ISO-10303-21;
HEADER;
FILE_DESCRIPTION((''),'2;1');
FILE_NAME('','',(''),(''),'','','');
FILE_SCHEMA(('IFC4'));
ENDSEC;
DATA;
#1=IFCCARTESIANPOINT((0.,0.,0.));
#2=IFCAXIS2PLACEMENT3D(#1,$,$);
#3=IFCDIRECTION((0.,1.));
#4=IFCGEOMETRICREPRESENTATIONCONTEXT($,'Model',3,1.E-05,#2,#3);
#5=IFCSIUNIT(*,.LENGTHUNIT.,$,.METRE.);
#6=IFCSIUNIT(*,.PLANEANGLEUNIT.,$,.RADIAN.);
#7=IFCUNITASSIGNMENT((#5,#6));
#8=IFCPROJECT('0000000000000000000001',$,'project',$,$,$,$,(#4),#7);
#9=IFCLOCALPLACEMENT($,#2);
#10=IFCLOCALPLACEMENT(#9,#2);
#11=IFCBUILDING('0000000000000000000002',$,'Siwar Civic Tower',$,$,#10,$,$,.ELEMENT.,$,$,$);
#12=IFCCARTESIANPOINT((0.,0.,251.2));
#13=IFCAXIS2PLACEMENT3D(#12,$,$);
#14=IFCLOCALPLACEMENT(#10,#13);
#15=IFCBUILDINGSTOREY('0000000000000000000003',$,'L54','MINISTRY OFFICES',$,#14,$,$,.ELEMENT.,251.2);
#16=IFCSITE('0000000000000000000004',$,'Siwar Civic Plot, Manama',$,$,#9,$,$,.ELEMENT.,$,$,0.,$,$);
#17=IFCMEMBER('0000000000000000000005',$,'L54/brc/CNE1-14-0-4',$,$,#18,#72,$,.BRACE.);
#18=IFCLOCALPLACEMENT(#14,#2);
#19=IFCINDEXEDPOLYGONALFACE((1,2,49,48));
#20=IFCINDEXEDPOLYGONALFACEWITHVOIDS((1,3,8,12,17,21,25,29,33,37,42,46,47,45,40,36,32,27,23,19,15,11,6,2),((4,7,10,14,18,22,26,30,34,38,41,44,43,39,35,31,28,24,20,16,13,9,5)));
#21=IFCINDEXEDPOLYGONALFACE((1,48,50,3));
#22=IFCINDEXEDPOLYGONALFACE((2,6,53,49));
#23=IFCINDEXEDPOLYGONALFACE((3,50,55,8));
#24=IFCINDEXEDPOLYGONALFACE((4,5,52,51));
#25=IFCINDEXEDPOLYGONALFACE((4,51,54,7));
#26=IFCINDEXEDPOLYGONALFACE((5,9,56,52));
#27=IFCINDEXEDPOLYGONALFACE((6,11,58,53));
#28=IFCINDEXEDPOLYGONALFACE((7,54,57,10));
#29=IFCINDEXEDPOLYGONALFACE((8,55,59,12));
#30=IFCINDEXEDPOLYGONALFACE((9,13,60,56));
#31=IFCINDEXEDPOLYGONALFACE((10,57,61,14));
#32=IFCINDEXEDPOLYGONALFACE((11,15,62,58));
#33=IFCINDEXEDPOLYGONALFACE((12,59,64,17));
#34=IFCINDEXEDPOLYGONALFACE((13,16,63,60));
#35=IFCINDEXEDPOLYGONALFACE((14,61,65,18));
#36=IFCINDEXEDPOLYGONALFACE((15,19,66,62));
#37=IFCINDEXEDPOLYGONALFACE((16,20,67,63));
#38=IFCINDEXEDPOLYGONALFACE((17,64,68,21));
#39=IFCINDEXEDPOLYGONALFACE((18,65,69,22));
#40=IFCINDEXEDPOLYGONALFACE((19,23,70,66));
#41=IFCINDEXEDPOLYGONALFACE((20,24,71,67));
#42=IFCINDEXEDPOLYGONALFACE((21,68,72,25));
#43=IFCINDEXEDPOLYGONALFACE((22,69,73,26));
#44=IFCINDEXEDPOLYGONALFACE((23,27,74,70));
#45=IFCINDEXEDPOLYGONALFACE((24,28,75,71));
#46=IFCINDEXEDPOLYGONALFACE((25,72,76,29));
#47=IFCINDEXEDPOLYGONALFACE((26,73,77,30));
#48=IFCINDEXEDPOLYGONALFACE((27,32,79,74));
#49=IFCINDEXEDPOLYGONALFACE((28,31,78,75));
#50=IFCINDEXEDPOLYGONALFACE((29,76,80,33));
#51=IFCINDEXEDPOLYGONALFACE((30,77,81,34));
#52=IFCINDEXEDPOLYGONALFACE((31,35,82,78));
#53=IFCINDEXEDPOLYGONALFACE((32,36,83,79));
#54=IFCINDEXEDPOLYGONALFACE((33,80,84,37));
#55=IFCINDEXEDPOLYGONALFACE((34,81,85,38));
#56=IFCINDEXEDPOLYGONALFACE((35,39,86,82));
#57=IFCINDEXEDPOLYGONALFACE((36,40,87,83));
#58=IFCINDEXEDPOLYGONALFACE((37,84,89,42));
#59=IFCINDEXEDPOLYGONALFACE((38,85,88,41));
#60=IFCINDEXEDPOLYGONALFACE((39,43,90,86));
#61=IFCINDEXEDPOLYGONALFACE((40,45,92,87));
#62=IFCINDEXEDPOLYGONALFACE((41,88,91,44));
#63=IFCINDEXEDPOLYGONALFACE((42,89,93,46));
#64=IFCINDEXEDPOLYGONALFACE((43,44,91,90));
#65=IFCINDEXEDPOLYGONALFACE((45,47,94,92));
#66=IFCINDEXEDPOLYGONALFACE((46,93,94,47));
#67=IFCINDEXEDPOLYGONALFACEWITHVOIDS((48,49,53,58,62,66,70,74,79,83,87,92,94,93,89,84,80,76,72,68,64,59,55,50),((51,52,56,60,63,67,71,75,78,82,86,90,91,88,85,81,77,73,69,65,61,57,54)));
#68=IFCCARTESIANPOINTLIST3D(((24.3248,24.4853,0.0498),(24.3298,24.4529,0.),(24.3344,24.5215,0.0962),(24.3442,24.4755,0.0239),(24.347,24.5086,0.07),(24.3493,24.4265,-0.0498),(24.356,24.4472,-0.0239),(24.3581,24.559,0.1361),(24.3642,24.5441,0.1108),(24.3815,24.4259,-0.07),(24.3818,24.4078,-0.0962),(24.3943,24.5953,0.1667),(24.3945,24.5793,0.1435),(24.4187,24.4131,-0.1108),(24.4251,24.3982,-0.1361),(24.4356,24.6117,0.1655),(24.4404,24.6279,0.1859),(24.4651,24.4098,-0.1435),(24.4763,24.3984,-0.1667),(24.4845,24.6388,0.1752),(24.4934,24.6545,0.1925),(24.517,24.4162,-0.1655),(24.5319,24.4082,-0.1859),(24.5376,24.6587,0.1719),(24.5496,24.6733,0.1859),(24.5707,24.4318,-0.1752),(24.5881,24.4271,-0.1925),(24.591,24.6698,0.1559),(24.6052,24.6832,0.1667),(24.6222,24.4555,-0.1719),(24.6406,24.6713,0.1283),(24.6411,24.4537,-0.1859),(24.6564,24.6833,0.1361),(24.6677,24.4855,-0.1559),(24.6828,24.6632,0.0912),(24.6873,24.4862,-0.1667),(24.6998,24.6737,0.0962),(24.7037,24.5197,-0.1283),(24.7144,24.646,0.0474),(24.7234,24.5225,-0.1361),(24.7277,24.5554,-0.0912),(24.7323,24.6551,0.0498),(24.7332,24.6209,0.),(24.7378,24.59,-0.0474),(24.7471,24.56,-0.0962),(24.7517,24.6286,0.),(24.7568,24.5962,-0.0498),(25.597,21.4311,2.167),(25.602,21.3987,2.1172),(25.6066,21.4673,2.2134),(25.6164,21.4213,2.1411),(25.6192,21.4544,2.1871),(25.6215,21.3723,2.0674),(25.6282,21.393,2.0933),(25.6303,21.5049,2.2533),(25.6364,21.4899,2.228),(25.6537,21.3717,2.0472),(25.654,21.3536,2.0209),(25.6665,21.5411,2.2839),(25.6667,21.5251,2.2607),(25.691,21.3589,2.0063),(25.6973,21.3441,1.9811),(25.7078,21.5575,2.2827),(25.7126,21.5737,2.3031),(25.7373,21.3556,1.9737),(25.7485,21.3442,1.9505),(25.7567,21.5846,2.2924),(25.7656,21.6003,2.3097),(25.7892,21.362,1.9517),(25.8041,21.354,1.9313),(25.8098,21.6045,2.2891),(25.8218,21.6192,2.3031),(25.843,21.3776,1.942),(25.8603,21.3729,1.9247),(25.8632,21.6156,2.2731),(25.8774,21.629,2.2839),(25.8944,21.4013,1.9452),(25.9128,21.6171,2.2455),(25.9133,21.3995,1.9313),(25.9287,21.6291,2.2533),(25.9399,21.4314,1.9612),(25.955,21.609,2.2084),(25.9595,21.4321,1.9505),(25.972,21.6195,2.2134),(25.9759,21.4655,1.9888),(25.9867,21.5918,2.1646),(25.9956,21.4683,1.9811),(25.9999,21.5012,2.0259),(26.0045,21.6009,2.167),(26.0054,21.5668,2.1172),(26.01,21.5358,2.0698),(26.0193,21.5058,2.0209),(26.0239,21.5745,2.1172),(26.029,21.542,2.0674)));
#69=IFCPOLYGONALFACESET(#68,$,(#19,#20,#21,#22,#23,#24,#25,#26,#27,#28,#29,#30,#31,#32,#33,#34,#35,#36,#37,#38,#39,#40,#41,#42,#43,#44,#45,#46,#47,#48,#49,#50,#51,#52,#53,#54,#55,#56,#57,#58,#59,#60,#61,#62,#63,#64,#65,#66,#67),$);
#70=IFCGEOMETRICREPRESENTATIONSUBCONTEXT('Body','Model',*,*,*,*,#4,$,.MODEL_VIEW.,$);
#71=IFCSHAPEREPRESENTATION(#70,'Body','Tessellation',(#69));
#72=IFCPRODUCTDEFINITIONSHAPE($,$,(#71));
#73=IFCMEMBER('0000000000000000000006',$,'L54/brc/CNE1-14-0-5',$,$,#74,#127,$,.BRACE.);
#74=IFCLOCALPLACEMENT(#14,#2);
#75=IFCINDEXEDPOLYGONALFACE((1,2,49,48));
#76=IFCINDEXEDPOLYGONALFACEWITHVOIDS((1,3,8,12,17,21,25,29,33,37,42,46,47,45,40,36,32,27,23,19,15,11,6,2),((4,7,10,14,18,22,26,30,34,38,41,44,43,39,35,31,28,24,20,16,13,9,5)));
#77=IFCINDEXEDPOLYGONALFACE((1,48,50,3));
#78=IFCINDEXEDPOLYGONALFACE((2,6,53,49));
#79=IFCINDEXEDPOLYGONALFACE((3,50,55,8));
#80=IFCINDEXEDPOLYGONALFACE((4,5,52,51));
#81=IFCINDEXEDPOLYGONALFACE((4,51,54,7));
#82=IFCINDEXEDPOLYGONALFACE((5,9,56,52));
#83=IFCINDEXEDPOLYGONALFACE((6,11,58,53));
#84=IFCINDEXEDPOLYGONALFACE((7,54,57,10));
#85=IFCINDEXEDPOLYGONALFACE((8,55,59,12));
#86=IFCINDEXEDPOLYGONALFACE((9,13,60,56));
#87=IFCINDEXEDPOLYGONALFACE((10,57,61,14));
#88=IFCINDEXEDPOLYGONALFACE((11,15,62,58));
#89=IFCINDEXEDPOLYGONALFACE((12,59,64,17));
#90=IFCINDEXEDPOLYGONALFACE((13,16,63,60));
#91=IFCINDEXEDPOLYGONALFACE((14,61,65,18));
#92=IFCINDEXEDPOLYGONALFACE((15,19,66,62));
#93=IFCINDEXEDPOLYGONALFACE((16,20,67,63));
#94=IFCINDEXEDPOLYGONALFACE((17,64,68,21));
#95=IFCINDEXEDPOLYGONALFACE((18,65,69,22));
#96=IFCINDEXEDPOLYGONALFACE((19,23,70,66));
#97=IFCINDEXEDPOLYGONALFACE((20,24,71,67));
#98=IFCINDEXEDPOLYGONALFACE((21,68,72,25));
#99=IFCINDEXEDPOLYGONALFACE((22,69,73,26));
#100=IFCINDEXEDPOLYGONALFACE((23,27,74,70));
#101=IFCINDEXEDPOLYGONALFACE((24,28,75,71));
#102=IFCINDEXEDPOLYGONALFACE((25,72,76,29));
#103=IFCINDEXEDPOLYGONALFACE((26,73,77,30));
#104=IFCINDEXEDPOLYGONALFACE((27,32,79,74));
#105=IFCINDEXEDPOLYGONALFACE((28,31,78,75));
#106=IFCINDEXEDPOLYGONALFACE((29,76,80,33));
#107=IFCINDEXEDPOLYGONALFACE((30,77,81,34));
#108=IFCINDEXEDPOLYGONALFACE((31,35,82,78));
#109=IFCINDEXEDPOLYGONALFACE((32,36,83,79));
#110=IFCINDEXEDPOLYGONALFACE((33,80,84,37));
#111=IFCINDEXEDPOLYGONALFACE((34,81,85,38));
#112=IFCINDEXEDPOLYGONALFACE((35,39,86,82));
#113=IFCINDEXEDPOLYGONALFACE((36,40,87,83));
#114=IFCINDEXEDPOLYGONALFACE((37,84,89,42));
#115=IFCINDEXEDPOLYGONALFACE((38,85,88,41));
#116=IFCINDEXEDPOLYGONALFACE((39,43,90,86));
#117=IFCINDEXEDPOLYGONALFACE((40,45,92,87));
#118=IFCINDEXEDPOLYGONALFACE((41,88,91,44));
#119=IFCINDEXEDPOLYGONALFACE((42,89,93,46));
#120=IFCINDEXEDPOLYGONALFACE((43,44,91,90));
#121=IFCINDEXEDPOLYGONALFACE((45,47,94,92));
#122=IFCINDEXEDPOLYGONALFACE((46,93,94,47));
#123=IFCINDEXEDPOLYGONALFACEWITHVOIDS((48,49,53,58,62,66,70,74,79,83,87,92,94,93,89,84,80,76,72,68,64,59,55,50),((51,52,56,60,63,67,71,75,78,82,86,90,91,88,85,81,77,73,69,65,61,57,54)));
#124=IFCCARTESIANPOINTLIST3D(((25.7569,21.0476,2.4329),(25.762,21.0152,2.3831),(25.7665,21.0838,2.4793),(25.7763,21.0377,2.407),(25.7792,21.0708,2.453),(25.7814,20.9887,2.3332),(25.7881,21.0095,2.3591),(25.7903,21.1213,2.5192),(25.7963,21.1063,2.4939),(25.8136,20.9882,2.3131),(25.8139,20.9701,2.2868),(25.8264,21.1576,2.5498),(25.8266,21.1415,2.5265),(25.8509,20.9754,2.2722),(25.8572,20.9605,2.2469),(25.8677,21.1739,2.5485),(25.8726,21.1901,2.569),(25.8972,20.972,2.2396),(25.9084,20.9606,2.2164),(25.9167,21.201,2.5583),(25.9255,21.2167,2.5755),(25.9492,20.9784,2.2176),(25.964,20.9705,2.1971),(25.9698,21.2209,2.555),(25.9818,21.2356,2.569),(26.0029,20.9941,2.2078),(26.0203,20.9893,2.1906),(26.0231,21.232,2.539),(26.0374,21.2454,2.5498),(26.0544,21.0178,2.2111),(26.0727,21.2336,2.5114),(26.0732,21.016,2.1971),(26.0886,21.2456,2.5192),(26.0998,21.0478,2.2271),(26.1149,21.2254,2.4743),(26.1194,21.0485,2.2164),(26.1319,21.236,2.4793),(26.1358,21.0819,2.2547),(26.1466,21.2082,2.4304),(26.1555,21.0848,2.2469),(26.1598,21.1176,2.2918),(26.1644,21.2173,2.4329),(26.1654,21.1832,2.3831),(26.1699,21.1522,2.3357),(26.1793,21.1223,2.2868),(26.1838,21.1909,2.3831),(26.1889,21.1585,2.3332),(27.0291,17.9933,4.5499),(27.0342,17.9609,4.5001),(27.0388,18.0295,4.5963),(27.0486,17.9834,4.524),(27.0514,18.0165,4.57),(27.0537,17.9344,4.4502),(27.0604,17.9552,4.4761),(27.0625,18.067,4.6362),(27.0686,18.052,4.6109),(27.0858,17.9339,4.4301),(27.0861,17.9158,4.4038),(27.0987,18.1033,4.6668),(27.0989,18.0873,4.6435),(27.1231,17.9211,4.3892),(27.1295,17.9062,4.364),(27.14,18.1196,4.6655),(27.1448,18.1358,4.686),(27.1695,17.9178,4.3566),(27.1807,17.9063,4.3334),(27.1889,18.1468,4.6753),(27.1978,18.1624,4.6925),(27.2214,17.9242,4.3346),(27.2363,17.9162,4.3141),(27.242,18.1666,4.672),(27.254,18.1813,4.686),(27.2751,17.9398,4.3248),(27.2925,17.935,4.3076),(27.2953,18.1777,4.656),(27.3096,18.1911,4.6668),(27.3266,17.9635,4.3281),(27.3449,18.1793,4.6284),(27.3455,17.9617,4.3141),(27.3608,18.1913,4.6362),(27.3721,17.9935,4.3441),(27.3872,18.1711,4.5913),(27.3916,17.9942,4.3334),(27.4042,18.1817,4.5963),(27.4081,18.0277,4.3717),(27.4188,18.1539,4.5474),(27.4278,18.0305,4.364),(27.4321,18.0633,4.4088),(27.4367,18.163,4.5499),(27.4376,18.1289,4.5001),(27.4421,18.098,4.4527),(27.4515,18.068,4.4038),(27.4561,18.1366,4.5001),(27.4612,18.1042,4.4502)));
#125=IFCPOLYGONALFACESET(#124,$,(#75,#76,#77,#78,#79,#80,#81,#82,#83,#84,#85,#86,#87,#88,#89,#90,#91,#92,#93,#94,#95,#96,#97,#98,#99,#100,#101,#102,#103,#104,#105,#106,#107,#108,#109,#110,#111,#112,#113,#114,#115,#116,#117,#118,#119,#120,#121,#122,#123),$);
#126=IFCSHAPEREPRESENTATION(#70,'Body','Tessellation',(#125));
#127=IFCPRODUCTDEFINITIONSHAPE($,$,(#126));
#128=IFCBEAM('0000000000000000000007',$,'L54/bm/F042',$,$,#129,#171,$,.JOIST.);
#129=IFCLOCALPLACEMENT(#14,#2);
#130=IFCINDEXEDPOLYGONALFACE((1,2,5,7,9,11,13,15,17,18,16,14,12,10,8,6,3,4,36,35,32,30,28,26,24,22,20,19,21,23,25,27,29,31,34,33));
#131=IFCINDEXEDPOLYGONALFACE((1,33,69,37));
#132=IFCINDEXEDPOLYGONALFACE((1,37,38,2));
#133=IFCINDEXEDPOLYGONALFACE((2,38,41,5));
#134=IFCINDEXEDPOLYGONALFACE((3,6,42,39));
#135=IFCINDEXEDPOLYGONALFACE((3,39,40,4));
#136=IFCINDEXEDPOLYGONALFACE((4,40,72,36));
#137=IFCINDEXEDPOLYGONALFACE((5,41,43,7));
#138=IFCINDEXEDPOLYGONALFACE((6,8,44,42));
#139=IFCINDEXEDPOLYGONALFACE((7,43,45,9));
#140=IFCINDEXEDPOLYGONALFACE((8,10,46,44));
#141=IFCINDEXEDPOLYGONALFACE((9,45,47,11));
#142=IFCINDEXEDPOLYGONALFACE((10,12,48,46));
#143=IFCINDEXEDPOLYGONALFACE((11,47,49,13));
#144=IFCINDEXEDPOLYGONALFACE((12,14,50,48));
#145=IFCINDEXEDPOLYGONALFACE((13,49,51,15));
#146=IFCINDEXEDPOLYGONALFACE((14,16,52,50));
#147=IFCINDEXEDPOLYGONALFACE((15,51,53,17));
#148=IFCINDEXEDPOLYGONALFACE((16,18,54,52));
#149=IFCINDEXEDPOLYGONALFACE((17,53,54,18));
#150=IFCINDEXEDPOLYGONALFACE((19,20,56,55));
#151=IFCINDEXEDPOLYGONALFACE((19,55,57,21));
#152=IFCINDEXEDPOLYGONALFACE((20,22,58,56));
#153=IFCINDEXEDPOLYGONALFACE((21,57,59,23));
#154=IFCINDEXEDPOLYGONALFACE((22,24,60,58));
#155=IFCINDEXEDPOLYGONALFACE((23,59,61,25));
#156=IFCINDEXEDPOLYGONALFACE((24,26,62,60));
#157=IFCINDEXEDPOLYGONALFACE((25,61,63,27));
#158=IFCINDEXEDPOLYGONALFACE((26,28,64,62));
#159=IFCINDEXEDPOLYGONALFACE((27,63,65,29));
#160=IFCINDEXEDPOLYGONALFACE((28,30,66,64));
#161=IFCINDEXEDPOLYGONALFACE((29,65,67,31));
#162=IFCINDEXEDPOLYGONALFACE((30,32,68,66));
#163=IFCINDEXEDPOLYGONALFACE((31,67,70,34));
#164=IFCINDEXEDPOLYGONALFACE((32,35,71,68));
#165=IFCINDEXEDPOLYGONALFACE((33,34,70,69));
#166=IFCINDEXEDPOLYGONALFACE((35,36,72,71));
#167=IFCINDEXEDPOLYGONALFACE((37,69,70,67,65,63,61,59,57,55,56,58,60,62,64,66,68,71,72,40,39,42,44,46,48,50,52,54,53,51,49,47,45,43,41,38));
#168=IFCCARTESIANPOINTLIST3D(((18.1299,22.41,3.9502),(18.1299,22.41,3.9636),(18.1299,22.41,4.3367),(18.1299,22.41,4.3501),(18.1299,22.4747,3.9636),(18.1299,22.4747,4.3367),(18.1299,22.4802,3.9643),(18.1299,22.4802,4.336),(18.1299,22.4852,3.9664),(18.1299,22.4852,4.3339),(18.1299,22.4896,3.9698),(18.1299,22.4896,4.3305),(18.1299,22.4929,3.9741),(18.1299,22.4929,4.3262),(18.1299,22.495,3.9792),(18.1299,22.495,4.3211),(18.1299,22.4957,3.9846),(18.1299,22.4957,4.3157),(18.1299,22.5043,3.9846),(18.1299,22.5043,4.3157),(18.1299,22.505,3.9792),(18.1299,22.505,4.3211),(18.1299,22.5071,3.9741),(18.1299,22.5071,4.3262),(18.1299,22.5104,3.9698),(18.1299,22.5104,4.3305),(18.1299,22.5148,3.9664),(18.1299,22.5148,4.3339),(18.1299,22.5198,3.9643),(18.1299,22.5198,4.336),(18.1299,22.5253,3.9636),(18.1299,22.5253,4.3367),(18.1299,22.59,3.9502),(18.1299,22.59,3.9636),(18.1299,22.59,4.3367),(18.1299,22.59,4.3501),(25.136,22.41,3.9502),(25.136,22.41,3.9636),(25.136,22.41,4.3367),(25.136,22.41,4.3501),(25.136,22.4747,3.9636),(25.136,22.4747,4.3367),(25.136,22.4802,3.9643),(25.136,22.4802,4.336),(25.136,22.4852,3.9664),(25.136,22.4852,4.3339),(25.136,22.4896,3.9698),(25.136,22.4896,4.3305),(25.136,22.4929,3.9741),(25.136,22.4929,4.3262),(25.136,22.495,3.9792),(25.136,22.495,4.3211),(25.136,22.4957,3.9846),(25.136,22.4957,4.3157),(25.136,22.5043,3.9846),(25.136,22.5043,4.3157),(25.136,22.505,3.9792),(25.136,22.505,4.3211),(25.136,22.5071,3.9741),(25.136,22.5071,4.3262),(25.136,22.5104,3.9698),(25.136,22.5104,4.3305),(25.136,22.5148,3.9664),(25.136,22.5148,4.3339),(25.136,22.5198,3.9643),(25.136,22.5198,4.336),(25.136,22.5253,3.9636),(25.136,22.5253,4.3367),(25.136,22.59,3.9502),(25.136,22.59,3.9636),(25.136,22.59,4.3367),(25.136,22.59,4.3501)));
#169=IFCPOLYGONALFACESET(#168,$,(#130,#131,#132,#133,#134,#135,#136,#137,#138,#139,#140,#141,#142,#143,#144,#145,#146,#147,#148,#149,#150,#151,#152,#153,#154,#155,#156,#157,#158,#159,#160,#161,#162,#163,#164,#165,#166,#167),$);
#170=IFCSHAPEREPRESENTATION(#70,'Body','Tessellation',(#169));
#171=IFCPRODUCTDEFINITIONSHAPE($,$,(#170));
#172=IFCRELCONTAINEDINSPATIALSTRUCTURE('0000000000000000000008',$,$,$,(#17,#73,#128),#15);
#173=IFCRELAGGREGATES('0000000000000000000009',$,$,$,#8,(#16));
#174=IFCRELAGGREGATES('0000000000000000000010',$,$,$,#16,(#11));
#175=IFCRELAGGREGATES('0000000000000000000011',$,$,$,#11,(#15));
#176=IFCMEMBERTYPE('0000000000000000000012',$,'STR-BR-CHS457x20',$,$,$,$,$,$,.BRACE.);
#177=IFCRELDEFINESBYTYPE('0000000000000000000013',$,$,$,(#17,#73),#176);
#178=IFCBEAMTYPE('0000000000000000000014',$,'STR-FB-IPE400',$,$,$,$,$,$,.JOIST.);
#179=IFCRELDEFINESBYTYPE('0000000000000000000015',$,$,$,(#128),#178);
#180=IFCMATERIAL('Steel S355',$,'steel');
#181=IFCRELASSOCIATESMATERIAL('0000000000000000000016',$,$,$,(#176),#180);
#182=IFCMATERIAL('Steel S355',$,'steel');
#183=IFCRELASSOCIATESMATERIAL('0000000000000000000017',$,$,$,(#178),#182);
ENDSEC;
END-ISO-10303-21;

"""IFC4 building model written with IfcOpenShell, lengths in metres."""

from ifc_helpers import new_model, si_unit, direction, frame, origin, origin_2d, place, context, subcontext, project, spatial, hollow_circle, i_section, extrude, material, material_profile, profile_set, type_object, element, save


model = new_model("IFC4")

# Units and contexts
model_context = context("Model", 3, precision=1e-05, world=origin(), true_north=direction((0.0, 1.0)))
body_context = subcontext(model_context, "Body", "Model", "MODEL_VIEW")
ifc_project = project(units=[si_unit("LENGTHUNIT", "METRE"), si_unit("PLANEANGLEUNIT", "RADIAN")], contexts=[model_context])

# Site, building, storey
site_placement = place(None, origin())
site = spatial("IfcSite", under=ifc_project, at=site_placement, Name="Siwar Civic Plot, Manama", CompositionType="ELEMENT", RefElevation=0.0)
building_placement = place(site_placement, origin())
building = spatial("IfcBuilding", under=site, at=building_placement, Name="Siwar Civic Tower", CompositionType="ELEMENT")
storey_placement = place(building_placement, frame((0.0, 0.0, 251.2)))
storey = spatial("IfcBuildingStorey", under=building, at=storey_placement, Name="L54", Description="MINISTRY OFFICES", CompositionType="ELEMENT", Elevation=251.2)

# Members
ifc_material_1 = material(Name="Steel S355", Category="steel")
ifc_material_profile_1 = material_profile(ifc_material_1, hollow_circle(Radius=0.2285, WallThickness=0.02, at=origin_2d()), Name="CHS457x20")
ifc_profile_set_1 = profile_set([ifc_material_profile_1], Name="Steel S355")
member_type_1 = type_object("IfcMemberType", Name="STR-BR-CHS457x20", PredefinedType="BRACE", material=ifc_profile_set_1)
for number, where, z_axis, x_axis, name in (
    (1, (24.5408, 24.5408, 0.0), (0.323884, -0.777546, 0.538999), (0.923116, 0.384521, 0.0), "L54/brc/CNE1-14-0-4"),
    (2, (25.9729, 21.103, 2.3831), (0.323895, -0.777572, 0.538955), (0.923116, 0.384521, 0.0), "L54/brc/CNE1-14-0-5"),
):
    element("IfcMember", number, at=place(storey_placement, frame(where, z_axis=z_axis, x_axis=x_axis)), inside=storey, type_object=member_type_1, Name=name, PredefinedType="BRACE", context=body_context, shape_type="SweptSolid", body=[
        extrude(hollow_circle(Radius=0.2285, WallThickness=0.02, at=origin_2d()), origin(), (0.0, 0.0, 1.0), 3.928),
    ])

# Beam
ifc_material_2 = material(Name="Steel S355", Category="steel")
ifc_material_profile_2 = material_profile(ifc_material_2, i_section(OverallWidth=0.1799, OverallDepth=0.3999, WebThickness=0.0085, FlangeThickness=0.0134, FilletRadius=0.021, at=origin_2d()), Name="IPE400")
ifc_profile_set_2 = profile_set([ifc_material_profile_2], Name="Steel S355")
beam_type_1 = type_object("IfcBeamType", Name="STR-FB-IPE400", PredefinedType="JOIST", material=ifc_profile_set_2)
beam_1_placement = place(storey_placement, frame((18.1299, 22.5, 4.1501), z_axis=(1.0, 0.0, 0.0), x_axis=(0.0, 1.0, 0.0)))
element("IfcBeam", 3, at=beam_1_placement, inside=storey, type_object=beam_type_1, Name="L54/bm/F042", PredefinedType="JOIST", context=body_context, shape_type="SweptSolid", body=[
    extrude(i_section(OverallWidth=0.1799, OverallDepth=0.3999, WebThickness=0.0085, FlangeThickness=0.0134, FilletRadius=0.021, at=origin_2d()), origin(), (0.0, 0.0, 1.0), 7.0061),
])

save(model, "model.ifc")
